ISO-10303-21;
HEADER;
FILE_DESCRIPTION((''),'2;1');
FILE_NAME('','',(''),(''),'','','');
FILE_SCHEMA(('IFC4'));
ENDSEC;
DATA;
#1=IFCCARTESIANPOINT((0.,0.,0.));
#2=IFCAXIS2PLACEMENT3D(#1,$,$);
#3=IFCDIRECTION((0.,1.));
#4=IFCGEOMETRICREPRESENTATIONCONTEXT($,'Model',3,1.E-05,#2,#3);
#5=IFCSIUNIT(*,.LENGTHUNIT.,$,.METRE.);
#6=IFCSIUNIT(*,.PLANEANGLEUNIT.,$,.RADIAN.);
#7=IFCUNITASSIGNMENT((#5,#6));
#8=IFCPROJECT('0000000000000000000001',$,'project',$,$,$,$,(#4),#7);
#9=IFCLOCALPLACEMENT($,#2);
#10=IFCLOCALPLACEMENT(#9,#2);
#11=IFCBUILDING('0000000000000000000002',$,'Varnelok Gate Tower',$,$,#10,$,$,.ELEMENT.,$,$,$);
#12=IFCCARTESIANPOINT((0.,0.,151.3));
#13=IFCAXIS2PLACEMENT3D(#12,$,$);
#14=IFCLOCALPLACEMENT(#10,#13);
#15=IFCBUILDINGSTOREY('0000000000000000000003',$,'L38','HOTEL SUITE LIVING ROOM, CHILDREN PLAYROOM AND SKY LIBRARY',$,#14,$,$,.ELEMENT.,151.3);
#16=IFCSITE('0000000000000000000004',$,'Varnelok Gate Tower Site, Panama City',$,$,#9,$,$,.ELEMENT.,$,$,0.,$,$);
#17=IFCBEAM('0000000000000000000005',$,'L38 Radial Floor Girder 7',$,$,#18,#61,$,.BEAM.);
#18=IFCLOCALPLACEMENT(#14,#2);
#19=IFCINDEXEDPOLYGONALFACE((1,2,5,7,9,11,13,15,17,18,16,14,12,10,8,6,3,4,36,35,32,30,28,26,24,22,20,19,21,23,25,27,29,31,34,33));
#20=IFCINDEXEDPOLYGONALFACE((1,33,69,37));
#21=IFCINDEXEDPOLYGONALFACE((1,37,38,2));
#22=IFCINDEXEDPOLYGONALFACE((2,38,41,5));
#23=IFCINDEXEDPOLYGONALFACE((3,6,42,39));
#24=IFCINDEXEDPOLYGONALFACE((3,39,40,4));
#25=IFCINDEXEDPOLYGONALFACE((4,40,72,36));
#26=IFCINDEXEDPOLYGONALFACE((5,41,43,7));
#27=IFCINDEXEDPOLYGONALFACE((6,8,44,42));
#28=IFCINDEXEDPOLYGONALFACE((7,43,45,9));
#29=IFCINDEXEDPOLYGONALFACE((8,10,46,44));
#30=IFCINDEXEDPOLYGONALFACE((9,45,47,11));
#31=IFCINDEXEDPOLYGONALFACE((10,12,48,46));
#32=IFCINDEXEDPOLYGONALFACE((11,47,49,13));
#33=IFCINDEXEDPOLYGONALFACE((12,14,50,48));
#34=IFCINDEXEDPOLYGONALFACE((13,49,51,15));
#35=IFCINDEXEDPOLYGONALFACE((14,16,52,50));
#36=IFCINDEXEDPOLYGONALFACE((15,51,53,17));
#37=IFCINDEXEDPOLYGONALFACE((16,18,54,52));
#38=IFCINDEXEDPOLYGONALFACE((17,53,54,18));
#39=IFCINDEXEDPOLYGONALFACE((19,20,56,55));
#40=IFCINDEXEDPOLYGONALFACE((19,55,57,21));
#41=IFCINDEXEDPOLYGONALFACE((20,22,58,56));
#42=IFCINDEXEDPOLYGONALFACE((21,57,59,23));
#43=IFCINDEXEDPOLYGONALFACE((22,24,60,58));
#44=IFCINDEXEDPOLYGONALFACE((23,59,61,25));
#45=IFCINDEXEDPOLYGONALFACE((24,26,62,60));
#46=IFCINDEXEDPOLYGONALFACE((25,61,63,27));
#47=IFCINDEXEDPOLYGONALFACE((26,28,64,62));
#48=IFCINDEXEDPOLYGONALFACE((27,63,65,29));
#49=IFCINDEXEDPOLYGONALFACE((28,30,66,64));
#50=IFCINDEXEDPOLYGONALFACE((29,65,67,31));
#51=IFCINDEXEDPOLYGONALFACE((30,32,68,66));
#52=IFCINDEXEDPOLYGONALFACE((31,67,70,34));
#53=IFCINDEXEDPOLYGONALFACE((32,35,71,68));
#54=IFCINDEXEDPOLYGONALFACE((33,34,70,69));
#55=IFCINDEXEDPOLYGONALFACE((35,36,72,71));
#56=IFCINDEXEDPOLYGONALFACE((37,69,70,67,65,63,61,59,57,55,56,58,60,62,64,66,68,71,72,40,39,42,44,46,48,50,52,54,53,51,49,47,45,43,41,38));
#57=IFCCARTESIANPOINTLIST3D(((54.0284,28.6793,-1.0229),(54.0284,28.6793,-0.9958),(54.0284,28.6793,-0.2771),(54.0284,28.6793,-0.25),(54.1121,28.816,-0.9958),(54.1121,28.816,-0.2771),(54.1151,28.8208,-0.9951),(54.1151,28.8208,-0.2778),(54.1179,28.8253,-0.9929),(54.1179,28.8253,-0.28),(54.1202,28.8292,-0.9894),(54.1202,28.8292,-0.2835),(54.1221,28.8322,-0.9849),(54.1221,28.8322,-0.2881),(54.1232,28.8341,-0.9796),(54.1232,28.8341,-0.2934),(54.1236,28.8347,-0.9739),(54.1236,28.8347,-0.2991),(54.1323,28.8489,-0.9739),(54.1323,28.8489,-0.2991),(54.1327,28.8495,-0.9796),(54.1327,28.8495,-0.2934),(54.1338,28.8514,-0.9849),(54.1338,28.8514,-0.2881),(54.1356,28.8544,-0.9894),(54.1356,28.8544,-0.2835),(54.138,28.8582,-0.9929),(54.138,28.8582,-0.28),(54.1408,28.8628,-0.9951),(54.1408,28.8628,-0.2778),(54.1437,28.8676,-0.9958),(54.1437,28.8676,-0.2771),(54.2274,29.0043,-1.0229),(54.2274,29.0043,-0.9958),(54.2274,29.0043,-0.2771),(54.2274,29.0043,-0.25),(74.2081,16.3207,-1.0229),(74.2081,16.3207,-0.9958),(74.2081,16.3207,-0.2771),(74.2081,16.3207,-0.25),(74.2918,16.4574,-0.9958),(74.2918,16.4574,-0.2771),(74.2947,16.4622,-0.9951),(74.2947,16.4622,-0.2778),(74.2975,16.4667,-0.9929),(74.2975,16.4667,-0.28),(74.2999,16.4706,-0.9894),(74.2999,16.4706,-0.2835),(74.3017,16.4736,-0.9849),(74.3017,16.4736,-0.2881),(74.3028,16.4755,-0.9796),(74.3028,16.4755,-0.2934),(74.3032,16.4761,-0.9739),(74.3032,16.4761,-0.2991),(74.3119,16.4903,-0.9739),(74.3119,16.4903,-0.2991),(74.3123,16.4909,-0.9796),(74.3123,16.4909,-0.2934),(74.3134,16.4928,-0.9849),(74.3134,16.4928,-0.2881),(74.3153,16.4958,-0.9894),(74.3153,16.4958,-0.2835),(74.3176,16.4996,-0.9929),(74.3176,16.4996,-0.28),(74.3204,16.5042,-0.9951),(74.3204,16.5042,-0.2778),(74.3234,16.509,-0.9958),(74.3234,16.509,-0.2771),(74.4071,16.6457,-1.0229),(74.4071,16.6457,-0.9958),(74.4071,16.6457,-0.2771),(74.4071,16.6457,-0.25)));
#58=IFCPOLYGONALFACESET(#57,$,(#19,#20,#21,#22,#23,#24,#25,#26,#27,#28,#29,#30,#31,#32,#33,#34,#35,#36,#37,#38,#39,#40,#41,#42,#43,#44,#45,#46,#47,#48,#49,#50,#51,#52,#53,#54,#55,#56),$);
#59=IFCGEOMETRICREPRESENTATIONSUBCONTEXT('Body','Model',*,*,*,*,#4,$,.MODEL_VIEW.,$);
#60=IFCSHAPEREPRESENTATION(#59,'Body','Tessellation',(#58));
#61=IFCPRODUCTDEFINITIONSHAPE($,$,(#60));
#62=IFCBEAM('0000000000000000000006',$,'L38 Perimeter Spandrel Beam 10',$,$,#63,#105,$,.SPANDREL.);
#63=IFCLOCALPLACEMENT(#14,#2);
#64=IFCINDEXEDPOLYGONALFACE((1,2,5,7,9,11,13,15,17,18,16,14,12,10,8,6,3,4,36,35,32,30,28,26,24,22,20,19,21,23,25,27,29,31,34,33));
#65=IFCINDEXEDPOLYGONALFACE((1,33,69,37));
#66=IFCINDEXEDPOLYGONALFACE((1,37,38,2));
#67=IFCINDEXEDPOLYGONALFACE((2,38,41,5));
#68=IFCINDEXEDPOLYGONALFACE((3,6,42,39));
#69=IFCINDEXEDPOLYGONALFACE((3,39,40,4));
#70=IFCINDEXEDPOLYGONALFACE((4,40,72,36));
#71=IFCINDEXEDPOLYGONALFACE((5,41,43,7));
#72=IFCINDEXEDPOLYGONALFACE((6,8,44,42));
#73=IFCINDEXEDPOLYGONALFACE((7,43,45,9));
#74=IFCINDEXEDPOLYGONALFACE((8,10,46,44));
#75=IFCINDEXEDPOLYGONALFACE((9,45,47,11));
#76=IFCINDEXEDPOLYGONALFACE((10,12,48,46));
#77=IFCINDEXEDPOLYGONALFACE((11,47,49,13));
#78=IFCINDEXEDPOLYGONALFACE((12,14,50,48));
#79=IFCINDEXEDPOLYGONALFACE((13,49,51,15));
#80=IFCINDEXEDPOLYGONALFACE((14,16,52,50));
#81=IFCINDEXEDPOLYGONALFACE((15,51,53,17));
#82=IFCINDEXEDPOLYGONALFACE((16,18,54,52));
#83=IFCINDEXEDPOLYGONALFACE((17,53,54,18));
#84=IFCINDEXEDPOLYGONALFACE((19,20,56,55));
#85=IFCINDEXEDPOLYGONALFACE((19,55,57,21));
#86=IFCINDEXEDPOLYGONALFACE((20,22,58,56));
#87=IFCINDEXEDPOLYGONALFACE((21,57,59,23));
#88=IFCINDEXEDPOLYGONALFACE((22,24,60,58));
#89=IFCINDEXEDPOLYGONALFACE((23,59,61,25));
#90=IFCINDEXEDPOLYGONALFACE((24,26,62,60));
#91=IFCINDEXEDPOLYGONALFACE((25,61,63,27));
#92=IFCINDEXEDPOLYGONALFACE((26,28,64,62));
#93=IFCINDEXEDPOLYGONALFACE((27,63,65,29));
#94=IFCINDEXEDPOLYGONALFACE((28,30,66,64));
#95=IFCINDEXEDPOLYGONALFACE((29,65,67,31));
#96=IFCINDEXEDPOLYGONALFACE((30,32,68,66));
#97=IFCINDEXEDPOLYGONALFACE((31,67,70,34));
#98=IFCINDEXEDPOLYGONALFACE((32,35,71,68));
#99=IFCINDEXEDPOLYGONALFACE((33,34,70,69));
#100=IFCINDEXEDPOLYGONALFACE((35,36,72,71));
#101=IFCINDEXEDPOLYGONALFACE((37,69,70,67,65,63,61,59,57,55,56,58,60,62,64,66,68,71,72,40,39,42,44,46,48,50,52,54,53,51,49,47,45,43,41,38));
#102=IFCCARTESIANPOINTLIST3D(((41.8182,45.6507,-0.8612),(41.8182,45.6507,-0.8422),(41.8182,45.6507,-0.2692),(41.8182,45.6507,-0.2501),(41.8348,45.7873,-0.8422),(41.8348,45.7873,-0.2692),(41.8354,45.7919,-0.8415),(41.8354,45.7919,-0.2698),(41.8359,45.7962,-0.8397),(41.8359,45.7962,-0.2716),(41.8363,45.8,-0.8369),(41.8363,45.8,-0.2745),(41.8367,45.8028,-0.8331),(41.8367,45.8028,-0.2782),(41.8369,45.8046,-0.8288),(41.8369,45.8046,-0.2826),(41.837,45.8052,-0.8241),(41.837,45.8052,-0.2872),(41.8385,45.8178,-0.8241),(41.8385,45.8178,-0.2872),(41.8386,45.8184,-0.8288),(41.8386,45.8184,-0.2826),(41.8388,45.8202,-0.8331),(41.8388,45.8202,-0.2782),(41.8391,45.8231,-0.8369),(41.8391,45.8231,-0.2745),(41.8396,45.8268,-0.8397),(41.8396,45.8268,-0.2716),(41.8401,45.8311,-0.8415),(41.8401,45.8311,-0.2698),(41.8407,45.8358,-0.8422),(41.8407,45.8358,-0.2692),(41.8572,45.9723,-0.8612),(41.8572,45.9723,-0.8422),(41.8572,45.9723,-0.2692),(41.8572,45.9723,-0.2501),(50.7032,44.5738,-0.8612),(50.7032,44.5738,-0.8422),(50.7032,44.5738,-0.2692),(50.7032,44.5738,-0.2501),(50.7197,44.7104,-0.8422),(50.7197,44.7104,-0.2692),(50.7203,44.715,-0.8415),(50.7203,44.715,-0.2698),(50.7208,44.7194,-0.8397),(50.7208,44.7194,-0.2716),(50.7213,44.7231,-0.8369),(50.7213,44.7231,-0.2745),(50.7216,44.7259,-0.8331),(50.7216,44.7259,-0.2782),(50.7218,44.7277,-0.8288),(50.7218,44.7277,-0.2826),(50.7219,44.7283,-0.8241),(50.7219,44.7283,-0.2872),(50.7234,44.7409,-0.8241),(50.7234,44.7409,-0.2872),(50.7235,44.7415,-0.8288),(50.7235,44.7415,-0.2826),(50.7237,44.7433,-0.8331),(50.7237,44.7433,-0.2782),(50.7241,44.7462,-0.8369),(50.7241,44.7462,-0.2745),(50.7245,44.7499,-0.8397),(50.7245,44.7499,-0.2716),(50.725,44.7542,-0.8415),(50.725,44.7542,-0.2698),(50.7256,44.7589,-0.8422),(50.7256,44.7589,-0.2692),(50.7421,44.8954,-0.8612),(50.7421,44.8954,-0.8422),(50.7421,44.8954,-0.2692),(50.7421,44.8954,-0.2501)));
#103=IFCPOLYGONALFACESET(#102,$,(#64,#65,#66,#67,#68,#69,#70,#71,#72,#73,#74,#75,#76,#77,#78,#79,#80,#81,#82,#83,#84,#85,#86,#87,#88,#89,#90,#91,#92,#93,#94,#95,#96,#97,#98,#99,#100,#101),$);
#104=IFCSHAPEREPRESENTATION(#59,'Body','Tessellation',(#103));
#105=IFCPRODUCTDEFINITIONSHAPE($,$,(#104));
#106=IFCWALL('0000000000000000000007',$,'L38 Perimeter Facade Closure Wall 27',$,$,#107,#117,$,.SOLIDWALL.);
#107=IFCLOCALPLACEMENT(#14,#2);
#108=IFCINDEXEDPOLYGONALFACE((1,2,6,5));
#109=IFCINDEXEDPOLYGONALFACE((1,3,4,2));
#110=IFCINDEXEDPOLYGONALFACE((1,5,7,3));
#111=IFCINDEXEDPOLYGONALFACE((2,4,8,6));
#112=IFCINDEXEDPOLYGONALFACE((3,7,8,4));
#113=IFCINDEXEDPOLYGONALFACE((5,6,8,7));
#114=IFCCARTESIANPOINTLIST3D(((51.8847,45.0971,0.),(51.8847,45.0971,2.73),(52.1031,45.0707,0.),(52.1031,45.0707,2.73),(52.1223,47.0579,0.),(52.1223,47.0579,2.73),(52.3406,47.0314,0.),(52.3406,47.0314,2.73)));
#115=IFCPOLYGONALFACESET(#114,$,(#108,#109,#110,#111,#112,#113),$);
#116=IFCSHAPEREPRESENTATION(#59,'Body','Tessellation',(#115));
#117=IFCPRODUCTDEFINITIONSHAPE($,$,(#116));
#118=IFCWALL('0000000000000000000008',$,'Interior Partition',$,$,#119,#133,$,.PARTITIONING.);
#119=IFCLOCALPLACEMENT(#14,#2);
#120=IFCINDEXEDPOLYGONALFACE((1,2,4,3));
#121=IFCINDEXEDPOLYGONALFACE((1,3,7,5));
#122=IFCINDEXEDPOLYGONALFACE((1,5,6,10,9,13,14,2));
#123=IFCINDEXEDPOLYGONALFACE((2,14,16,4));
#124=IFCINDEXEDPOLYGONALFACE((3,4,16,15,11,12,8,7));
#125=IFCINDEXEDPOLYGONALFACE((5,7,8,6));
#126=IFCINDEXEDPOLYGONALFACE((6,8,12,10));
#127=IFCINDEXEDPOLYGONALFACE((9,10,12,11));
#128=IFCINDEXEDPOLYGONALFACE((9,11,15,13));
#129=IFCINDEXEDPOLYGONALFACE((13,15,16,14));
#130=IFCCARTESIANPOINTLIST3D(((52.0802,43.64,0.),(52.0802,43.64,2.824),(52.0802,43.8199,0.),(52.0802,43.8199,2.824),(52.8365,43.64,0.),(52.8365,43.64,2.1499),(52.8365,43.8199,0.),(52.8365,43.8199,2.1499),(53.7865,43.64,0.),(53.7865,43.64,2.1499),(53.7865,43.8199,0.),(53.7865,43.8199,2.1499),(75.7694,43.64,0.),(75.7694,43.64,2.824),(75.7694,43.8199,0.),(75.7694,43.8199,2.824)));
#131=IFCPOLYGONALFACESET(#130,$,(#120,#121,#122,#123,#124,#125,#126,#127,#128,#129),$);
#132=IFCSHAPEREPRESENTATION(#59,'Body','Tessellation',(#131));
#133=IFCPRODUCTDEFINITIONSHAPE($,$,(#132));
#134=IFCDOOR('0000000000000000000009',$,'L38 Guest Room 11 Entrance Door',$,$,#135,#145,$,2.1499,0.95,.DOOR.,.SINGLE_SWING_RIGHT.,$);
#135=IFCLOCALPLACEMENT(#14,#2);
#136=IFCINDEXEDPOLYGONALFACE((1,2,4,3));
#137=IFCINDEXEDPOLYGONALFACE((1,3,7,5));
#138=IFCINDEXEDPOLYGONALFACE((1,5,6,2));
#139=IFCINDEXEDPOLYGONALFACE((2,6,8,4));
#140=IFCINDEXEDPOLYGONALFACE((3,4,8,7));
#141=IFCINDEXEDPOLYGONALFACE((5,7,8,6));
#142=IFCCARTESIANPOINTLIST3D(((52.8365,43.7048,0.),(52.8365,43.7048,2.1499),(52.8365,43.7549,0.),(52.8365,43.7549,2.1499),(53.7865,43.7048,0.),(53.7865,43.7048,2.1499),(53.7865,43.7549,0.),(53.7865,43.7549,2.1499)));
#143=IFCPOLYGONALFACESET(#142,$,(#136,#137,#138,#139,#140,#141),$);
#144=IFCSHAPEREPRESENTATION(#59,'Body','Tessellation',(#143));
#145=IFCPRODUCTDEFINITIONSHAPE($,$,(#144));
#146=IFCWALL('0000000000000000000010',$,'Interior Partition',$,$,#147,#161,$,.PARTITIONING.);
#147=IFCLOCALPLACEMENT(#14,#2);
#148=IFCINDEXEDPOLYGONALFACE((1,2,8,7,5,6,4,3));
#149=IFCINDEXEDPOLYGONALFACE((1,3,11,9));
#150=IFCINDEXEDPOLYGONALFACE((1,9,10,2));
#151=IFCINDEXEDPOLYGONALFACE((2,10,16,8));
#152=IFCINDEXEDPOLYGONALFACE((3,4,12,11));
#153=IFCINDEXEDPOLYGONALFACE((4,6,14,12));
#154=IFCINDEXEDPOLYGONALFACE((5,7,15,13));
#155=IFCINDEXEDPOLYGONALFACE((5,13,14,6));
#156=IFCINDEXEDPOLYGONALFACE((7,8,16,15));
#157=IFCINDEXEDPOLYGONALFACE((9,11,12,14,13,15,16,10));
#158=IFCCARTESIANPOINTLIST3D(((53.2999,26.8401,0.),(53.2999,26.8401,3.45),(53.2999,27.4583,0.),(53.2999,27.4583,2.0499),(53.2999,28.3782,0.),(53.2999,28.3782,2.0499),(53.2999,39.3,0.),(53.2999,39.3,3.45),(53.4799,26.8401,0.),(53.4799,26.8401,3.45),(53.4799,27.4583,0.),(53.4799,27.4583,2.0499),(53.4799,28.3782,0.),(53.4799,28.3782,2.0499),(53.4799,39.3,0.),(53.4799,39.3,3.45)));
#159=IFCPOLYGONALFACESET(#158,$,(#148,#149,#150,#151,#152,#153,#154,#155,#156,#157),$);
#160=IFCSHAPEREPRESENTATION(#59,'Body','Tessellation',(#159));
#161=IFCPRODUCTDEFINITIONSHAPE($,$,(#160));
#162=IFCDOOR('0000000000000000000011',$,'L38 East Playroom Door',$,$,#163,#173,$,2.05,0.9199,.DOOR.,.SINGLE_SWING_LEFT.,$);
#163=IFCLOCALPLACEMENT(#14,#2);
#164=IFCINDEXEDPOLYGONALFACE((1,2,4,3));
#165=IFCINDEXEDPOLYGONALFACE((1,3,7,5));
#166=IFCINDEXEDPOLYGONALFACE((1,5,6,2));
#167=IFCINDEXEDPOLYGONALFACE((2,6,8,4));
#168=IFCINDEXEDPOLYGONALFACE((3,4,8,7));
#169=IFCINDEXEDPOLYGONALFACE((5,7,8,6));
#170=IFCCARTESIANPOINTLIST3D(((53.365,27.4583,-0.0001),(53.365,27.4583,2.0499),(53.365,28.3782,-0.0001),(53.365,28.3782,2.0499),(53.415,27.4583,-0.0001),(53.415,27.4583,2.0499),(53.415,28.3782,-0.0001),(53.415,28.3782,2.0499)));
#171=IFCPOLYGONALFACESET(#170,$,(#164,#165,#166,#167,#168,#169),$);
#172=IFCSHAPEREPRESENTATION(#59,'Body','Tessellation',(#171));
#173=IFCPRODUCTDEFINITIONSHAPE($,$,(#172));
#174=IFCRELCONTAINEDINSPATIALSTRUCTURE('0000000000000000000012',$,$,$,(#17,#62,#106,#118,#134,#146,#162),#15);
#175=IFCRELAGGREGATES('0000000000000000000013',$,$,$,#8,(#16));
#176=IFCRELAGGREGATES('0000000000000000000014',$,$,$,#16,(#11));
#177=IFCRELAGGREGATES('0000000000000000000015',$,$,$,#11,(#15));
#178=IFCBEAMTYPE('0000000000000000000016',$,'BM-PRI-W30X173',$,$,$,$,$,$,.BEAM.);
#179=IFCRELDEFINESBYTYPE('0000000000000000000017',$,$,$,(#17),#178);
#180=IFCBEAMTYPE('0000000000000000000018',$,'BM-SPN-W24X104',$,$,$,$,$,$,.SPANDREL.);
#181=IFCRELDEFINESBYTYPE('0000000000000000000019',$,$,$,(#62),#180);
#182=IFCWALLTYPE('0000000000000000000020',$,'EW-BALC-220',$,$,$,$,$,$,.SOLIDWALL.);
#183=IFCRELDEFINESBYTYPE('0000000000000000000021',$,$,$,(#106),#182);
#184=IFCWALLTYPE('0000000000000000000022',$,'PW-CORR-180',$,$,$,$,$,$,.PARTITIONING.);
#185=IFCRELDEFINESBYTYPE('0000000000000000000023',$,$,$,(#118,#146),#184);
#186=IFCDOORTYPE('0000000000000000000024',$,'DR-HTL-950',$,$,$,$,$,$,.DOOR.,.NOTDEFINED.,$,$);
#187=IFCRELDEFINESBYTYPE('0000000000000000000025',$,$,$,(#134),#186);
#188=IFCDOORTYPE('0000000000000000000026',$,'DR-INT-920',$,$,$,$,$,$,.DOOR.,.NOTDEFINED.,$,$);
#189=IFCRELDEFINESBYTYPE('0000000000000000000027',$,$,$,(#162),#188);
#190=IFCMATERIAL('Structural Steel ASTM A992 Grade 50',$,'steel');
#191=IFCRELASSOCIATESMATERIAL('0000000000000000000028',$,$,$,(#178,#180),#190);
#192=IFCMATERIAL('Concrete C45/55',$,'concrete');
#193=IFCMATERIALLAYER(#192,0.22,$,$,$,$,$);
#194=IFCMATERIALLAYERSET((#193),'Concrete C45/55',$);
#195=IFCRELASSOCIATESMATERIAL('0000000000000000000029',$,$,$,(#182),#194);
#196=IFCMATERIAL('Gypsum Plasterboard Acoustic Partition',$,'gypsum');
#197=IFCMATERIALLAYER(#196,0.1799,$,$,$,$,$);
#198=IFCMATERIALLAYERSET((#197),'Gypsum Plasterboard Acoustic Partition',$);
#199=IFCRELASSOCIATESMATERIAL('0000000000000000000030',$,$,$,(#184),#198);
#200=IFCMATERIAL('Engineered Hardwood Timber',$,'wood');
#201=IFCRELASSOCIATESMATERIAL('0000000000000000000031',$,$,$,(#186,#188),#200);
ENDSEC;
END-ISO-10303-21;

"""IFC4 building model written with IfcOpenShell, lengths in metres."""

from ifc_helpers import new_model, si_unit, direction, frame, frame_2d, origin, origin_2d, place, context, subcontext, project, spatial, rectangle, i_section, extrude, material, layer, layer_set, material_profile, profile_set, type_object, element, fill, save


model = new_model("IFC4")

# Units and contexts
model_context = context("Model", 3, precision=1e-05, world=origin(), true_north=direction((0.0, 1.0)))
body_context = subcontext(model_context, "Body", "Model", "MODEL_VIEW")
ifc_project = project(units=[si_unit("LENGTHUNIT", "METRE"), si_unit("PLANEANGLEUNIT", "RADIAN")], contexts=[model_context])

# Site, building, storey
site_placement = place(None, origin())
site = spatial("IfcSite", under=ifc_project, at=site_placement, Name="Varnelok Gate Tower Site, Panama City", CompositionType="ELEMENT", RefElevation=0.0)
building_placement = place(site_placement, origin())
building = spatial("IfcBuilding", under=site, at=building_placement, Name="Varnelok Gate Tower", CompositionType="ELEMENT")
storey_placement = place(building_placement, frame((0.0, 0.0, 151.3)))
storey = spatial("IfcBuildingStorey", under=building, at=storey_placement, Name="L38", Description="HOTEL SUITE LIVING ROOM, CHILDREN PLAYROOM AND SKY LIBRARY", CompositionType="ELEMENT", Elevation=151.3)

# Shared definitions
ifc_material_1 = material(Name="Structural Steel ASTM A992 Grade 50", Category="steel")

# Beams
ifc_material_profile_1 = material_profile(ifc_material_1, i_section(OverallWidth=0.3811, OverallDepth=0.7729, WebThickness=0.0166, FlangeThickness=0.0271, FilletRadius=0.022, at=origin_2d()), Name="W30X173")
ifc_profile_set_1 = profile_set([ifc_material_profile_1], Name="Structural Steel ASTM A992 Grade 50")
beam_type_1 = type_object("IfcBeamType", Name="BM-PRI-W30X173", PredefinedType="BEAM", material=ifc_profile_set_1)
beam_1_placement = place(storey_placement, frame((54.1279, 28.8418, -0.6365), z_axis=(0.852781, -0.522269, 0.0), x_axis=(0.522269, 0.852781, 0.0)))
element("IfcBeam", 1, at=beam_1_placement, inside=storey, type_object=beam_type_1, Name="L38 Radial Floor Girder 7", PredefinedType="BEAM", context=body_context, shape_type="SweptSolid", body=[
    extrude(i_section(OverallWidth=0.3811, OverallDepth=0.7729, WebThickness=0.0166, FlangeThickness=0.0271, FilletRadius=0.022, at=origin_2d()), origin(), (0.0, 0.0, 1.0), 23.6633),
])
ifc_material_profile_2 = material_profile(ifc_material_1, i_section(OverallWidth=0.324, OverallDepth=0.6111, WebThickness=0.0127, FlangeThickness=0.019, FilletRadius=0.0181, at=origin_2d()), Name="W24X104")
ifc_profile_set_2 = profile_set([ifc_material_profile_2], Name="Structural Steel ASTM A992 Grade 50")
beam_type_2 = type_object("IfcBeamType", Name="BM-SPN-W24X104", PredefinedType="SPANDREL", material=ifc_profile_set_2)
beam_2_placement = place(storey_placement, frame((50.7227, 44.7346, -0.5557), z_axis=(-0.992735, 0.120324, 0.0), x_axis=(-0.120324, -0.992735, 0.0)))
element("IfcBeam", 2, at=beam_2_placement, inside=storey, type_object=beam_type_2, Name="L38 Perimeter Spandrel Beam 10", PredefinedType="SPANDREL", context=body_context, shape_type="SweptSolid", body=[
    extrude(i_section(OverallWidth=0.324, OverallDepth=0.6111, WebThickness=0.0127, FlangeThickness=0.019, FilletRadius=0.0181, at=origin_2d()), origin(), (0.0, 0.0, 1.0), 8.95),
])

# Wall
ifc_material_2 = material(Name="Concrete C45/55", Category="concrete")
ifc_layer_1 = layer(ifc_material_2, 0.22)
ifc_layer_set_1 = layer_set([ifc_layer_1], Name="Concrete C45/55")
wall_type_1 = type_object("IfcWallType", Name="EW-BALC-220", PredefinedType="SOLIDWALL", material=ifc_layer_set_1)
wall_1_placement = place(storey_placement, frame((52.2314, 47.0447, 0.0), z_axis=(0.0, 0.0, 1.0), x_axis=(-0.120276, -0.99274, 0.0)))
element("IfcWall", 3, at=wall_1_placement, inside=storey, type_object=wall_type_1, Name="L38 Perimeter Facade Closure Wall 27", PredefinedType="SOLIDWALL", context=body_context, shape_type="SweptSolid", body=[
    extrude(rectangle(XDim=1.9751, YDim=0.22, at=frame_2d((0.9875, 0.0))), origin(), (0.0, 0.0, 1.0), 2.73),
])

# Walls, openings, doors
ifc_material_3 = material(Name="Gypsum Plasterboard Acoustic Partition", Category="gypsum")
ifc_layer_2 = layer(ifc_material_3, 0.1799)
ifc_layer_set_2 = layer_set([ifc_layer_2], Name="Gypsum Plasterboard Acoustic Partition")
wall_type_2 = type_object("IfcWallType", Name="PW-CORR-180", PredefinedType="PARTITIONING", material=ifc_layer_set_2)
wall_2_placement = place(storey_placement, frame((52.0801, 43.73, 0.0), z_axis=(0.0, 0.0, 1.0), x_axis=(1.0, 0.0, 0.0)))
wall_2 = element("IfcWall", 4, at=wall_2_placement, inside=storey, type_object=wall_type_2, Name="Interior Partition", PredefinedType="PARTITIONING", context=body_context, shape_type="SweptSolid", body=[
    extrude(rectangle(XDim=23.6892, YDim=0.1799, at=frame_2d((11.8447, 0.0))), origin(), (0.0, 0.0, 1.0), 2.824),
])
opening_1_placement = place(wall_2_placement, frame((0.7563, 0.0, 0.0)))
opening_1 = element("IfcOpeningElement", 5, at=opening_1_placement, cuts=wall_2, PredefinedType="OPENING", context=body_context, shape_type="SweptSolid", body=[
    extrude(rectangle(XDim=0.95, YDim=2.1499, at=frame_2d((0.4751, 1.075))), frame((0.0, 0.0999, 0.0), z_axis=(0.0, -1.0, 0.0), x_axis=(1.0, 0.0, 0.0)), (0.0, 0.0, 1.0), 0.2),
])
ifc_material_4 = material(Name="Engineered Hardwood Timber", Category="wood")
door_type_1 = type_object("IfcDoorType", Name="DR-HTL-950", OperationType="NOTDEFINED", PredefinedType="DOOR", material=ifc_material_4)
door_1_placement = place(opening_1_placement, origin())
door_1 = element("IfcDoor", 6, at=door_1_placement, inside=storey, type_object=door_type_1, Name="L38 Guest Room 11 Entrance Door", OperationType="SINGLE_SWING_RIGHT", OverallHeight=2.1499, OverallWidth=0.95, PredefinedType="DOOR", context=body_context, shape_type="SweptSolid", body=[
    extrude(rectangle(XDim=0.95, YDim=2.1499, at=frame_2d((0.4751, 1.075))), frame((0.0, 0.0249, 0.0), z_axis=(0.0, -1.0, 0.0), x_axis=(1.0, 0.0, 0.0)), (0.0, 0.0, 1.0), 0.05),
])
fill(opening_1, door_1)
wall_3_placement = place(storey_placement, frame((53.3899, 26.8401, 0.0), z_axis=(0.0, 0.0, 1.0), x_axis=(0.0, 1.0, 0.0)))
wall_3 = element("IfcWall", 7, at=wall_3_placement, inside=storey, type_object=wall_type_2, Name="Interior Partition", PredefinedType="PARTITIONING", context=body_context, shape_type="SweptSolid", body=[
    extrude(rectangle(XDim=12.46, YDim=0.1799, at=frame_2d((6.23, 0.0))), origin(), (0.0, 0.0, 1.0), 3.45),
])
opening_2_placement = place(wall_3_placement, frame((0.6182, 0.0, 0.0)))
opening_2 = element("IfcOpeningElement", 8, at=opening_2_placement, cuts=wall_3, PredefinedType="OPENING", context=body_context, shape_type="SweptSolid", body=[
    extrude(rectangle(XDim=0.9199, YDim=2.05, at=frame_2d((0.46, 1.0249))), frame((0.0, 0.0999, 0.0), z_axis=(0.0, -1.0, 0.0), x_axis=(1.0, 0.0, 0.0)), (0.0, 0.0, 1.0), 0.2),
])
door_type_2 = type_object("IfcDoorType", Name="DR-INT-920", OperationType="NOTDEFINED", PredefinedType="DOOR", material=ifc_material_4)
door_2_placement = place(opening_2_placement, origin())
door_2 = element("IfcDoor", 9, at=door_2_placement, inside=storey, type_object=door_type_2, Name="L38 East Playroom Door", OperationType="SINGLE_SWING_LEFT", OverallHeight=2.05, OverallWidth=0.9199, PredefinedType="DOOR", context=body_context, shape_type="SweptSolid", body=[
    extrude(rectangle(XDim=0.9199, YDim=2.05, at=frame_2d((0.46, 1.0249))), frame((0.0, 0.0249, 0.0), z_axis=(0.0, -1.0, 0.0), x_axis=(1.0, 0.0, 0.0)), (0.0, 0.0, 1.0), 0.05),
])
fill(opening_2, door_2)

save(model, "model.ifc")
